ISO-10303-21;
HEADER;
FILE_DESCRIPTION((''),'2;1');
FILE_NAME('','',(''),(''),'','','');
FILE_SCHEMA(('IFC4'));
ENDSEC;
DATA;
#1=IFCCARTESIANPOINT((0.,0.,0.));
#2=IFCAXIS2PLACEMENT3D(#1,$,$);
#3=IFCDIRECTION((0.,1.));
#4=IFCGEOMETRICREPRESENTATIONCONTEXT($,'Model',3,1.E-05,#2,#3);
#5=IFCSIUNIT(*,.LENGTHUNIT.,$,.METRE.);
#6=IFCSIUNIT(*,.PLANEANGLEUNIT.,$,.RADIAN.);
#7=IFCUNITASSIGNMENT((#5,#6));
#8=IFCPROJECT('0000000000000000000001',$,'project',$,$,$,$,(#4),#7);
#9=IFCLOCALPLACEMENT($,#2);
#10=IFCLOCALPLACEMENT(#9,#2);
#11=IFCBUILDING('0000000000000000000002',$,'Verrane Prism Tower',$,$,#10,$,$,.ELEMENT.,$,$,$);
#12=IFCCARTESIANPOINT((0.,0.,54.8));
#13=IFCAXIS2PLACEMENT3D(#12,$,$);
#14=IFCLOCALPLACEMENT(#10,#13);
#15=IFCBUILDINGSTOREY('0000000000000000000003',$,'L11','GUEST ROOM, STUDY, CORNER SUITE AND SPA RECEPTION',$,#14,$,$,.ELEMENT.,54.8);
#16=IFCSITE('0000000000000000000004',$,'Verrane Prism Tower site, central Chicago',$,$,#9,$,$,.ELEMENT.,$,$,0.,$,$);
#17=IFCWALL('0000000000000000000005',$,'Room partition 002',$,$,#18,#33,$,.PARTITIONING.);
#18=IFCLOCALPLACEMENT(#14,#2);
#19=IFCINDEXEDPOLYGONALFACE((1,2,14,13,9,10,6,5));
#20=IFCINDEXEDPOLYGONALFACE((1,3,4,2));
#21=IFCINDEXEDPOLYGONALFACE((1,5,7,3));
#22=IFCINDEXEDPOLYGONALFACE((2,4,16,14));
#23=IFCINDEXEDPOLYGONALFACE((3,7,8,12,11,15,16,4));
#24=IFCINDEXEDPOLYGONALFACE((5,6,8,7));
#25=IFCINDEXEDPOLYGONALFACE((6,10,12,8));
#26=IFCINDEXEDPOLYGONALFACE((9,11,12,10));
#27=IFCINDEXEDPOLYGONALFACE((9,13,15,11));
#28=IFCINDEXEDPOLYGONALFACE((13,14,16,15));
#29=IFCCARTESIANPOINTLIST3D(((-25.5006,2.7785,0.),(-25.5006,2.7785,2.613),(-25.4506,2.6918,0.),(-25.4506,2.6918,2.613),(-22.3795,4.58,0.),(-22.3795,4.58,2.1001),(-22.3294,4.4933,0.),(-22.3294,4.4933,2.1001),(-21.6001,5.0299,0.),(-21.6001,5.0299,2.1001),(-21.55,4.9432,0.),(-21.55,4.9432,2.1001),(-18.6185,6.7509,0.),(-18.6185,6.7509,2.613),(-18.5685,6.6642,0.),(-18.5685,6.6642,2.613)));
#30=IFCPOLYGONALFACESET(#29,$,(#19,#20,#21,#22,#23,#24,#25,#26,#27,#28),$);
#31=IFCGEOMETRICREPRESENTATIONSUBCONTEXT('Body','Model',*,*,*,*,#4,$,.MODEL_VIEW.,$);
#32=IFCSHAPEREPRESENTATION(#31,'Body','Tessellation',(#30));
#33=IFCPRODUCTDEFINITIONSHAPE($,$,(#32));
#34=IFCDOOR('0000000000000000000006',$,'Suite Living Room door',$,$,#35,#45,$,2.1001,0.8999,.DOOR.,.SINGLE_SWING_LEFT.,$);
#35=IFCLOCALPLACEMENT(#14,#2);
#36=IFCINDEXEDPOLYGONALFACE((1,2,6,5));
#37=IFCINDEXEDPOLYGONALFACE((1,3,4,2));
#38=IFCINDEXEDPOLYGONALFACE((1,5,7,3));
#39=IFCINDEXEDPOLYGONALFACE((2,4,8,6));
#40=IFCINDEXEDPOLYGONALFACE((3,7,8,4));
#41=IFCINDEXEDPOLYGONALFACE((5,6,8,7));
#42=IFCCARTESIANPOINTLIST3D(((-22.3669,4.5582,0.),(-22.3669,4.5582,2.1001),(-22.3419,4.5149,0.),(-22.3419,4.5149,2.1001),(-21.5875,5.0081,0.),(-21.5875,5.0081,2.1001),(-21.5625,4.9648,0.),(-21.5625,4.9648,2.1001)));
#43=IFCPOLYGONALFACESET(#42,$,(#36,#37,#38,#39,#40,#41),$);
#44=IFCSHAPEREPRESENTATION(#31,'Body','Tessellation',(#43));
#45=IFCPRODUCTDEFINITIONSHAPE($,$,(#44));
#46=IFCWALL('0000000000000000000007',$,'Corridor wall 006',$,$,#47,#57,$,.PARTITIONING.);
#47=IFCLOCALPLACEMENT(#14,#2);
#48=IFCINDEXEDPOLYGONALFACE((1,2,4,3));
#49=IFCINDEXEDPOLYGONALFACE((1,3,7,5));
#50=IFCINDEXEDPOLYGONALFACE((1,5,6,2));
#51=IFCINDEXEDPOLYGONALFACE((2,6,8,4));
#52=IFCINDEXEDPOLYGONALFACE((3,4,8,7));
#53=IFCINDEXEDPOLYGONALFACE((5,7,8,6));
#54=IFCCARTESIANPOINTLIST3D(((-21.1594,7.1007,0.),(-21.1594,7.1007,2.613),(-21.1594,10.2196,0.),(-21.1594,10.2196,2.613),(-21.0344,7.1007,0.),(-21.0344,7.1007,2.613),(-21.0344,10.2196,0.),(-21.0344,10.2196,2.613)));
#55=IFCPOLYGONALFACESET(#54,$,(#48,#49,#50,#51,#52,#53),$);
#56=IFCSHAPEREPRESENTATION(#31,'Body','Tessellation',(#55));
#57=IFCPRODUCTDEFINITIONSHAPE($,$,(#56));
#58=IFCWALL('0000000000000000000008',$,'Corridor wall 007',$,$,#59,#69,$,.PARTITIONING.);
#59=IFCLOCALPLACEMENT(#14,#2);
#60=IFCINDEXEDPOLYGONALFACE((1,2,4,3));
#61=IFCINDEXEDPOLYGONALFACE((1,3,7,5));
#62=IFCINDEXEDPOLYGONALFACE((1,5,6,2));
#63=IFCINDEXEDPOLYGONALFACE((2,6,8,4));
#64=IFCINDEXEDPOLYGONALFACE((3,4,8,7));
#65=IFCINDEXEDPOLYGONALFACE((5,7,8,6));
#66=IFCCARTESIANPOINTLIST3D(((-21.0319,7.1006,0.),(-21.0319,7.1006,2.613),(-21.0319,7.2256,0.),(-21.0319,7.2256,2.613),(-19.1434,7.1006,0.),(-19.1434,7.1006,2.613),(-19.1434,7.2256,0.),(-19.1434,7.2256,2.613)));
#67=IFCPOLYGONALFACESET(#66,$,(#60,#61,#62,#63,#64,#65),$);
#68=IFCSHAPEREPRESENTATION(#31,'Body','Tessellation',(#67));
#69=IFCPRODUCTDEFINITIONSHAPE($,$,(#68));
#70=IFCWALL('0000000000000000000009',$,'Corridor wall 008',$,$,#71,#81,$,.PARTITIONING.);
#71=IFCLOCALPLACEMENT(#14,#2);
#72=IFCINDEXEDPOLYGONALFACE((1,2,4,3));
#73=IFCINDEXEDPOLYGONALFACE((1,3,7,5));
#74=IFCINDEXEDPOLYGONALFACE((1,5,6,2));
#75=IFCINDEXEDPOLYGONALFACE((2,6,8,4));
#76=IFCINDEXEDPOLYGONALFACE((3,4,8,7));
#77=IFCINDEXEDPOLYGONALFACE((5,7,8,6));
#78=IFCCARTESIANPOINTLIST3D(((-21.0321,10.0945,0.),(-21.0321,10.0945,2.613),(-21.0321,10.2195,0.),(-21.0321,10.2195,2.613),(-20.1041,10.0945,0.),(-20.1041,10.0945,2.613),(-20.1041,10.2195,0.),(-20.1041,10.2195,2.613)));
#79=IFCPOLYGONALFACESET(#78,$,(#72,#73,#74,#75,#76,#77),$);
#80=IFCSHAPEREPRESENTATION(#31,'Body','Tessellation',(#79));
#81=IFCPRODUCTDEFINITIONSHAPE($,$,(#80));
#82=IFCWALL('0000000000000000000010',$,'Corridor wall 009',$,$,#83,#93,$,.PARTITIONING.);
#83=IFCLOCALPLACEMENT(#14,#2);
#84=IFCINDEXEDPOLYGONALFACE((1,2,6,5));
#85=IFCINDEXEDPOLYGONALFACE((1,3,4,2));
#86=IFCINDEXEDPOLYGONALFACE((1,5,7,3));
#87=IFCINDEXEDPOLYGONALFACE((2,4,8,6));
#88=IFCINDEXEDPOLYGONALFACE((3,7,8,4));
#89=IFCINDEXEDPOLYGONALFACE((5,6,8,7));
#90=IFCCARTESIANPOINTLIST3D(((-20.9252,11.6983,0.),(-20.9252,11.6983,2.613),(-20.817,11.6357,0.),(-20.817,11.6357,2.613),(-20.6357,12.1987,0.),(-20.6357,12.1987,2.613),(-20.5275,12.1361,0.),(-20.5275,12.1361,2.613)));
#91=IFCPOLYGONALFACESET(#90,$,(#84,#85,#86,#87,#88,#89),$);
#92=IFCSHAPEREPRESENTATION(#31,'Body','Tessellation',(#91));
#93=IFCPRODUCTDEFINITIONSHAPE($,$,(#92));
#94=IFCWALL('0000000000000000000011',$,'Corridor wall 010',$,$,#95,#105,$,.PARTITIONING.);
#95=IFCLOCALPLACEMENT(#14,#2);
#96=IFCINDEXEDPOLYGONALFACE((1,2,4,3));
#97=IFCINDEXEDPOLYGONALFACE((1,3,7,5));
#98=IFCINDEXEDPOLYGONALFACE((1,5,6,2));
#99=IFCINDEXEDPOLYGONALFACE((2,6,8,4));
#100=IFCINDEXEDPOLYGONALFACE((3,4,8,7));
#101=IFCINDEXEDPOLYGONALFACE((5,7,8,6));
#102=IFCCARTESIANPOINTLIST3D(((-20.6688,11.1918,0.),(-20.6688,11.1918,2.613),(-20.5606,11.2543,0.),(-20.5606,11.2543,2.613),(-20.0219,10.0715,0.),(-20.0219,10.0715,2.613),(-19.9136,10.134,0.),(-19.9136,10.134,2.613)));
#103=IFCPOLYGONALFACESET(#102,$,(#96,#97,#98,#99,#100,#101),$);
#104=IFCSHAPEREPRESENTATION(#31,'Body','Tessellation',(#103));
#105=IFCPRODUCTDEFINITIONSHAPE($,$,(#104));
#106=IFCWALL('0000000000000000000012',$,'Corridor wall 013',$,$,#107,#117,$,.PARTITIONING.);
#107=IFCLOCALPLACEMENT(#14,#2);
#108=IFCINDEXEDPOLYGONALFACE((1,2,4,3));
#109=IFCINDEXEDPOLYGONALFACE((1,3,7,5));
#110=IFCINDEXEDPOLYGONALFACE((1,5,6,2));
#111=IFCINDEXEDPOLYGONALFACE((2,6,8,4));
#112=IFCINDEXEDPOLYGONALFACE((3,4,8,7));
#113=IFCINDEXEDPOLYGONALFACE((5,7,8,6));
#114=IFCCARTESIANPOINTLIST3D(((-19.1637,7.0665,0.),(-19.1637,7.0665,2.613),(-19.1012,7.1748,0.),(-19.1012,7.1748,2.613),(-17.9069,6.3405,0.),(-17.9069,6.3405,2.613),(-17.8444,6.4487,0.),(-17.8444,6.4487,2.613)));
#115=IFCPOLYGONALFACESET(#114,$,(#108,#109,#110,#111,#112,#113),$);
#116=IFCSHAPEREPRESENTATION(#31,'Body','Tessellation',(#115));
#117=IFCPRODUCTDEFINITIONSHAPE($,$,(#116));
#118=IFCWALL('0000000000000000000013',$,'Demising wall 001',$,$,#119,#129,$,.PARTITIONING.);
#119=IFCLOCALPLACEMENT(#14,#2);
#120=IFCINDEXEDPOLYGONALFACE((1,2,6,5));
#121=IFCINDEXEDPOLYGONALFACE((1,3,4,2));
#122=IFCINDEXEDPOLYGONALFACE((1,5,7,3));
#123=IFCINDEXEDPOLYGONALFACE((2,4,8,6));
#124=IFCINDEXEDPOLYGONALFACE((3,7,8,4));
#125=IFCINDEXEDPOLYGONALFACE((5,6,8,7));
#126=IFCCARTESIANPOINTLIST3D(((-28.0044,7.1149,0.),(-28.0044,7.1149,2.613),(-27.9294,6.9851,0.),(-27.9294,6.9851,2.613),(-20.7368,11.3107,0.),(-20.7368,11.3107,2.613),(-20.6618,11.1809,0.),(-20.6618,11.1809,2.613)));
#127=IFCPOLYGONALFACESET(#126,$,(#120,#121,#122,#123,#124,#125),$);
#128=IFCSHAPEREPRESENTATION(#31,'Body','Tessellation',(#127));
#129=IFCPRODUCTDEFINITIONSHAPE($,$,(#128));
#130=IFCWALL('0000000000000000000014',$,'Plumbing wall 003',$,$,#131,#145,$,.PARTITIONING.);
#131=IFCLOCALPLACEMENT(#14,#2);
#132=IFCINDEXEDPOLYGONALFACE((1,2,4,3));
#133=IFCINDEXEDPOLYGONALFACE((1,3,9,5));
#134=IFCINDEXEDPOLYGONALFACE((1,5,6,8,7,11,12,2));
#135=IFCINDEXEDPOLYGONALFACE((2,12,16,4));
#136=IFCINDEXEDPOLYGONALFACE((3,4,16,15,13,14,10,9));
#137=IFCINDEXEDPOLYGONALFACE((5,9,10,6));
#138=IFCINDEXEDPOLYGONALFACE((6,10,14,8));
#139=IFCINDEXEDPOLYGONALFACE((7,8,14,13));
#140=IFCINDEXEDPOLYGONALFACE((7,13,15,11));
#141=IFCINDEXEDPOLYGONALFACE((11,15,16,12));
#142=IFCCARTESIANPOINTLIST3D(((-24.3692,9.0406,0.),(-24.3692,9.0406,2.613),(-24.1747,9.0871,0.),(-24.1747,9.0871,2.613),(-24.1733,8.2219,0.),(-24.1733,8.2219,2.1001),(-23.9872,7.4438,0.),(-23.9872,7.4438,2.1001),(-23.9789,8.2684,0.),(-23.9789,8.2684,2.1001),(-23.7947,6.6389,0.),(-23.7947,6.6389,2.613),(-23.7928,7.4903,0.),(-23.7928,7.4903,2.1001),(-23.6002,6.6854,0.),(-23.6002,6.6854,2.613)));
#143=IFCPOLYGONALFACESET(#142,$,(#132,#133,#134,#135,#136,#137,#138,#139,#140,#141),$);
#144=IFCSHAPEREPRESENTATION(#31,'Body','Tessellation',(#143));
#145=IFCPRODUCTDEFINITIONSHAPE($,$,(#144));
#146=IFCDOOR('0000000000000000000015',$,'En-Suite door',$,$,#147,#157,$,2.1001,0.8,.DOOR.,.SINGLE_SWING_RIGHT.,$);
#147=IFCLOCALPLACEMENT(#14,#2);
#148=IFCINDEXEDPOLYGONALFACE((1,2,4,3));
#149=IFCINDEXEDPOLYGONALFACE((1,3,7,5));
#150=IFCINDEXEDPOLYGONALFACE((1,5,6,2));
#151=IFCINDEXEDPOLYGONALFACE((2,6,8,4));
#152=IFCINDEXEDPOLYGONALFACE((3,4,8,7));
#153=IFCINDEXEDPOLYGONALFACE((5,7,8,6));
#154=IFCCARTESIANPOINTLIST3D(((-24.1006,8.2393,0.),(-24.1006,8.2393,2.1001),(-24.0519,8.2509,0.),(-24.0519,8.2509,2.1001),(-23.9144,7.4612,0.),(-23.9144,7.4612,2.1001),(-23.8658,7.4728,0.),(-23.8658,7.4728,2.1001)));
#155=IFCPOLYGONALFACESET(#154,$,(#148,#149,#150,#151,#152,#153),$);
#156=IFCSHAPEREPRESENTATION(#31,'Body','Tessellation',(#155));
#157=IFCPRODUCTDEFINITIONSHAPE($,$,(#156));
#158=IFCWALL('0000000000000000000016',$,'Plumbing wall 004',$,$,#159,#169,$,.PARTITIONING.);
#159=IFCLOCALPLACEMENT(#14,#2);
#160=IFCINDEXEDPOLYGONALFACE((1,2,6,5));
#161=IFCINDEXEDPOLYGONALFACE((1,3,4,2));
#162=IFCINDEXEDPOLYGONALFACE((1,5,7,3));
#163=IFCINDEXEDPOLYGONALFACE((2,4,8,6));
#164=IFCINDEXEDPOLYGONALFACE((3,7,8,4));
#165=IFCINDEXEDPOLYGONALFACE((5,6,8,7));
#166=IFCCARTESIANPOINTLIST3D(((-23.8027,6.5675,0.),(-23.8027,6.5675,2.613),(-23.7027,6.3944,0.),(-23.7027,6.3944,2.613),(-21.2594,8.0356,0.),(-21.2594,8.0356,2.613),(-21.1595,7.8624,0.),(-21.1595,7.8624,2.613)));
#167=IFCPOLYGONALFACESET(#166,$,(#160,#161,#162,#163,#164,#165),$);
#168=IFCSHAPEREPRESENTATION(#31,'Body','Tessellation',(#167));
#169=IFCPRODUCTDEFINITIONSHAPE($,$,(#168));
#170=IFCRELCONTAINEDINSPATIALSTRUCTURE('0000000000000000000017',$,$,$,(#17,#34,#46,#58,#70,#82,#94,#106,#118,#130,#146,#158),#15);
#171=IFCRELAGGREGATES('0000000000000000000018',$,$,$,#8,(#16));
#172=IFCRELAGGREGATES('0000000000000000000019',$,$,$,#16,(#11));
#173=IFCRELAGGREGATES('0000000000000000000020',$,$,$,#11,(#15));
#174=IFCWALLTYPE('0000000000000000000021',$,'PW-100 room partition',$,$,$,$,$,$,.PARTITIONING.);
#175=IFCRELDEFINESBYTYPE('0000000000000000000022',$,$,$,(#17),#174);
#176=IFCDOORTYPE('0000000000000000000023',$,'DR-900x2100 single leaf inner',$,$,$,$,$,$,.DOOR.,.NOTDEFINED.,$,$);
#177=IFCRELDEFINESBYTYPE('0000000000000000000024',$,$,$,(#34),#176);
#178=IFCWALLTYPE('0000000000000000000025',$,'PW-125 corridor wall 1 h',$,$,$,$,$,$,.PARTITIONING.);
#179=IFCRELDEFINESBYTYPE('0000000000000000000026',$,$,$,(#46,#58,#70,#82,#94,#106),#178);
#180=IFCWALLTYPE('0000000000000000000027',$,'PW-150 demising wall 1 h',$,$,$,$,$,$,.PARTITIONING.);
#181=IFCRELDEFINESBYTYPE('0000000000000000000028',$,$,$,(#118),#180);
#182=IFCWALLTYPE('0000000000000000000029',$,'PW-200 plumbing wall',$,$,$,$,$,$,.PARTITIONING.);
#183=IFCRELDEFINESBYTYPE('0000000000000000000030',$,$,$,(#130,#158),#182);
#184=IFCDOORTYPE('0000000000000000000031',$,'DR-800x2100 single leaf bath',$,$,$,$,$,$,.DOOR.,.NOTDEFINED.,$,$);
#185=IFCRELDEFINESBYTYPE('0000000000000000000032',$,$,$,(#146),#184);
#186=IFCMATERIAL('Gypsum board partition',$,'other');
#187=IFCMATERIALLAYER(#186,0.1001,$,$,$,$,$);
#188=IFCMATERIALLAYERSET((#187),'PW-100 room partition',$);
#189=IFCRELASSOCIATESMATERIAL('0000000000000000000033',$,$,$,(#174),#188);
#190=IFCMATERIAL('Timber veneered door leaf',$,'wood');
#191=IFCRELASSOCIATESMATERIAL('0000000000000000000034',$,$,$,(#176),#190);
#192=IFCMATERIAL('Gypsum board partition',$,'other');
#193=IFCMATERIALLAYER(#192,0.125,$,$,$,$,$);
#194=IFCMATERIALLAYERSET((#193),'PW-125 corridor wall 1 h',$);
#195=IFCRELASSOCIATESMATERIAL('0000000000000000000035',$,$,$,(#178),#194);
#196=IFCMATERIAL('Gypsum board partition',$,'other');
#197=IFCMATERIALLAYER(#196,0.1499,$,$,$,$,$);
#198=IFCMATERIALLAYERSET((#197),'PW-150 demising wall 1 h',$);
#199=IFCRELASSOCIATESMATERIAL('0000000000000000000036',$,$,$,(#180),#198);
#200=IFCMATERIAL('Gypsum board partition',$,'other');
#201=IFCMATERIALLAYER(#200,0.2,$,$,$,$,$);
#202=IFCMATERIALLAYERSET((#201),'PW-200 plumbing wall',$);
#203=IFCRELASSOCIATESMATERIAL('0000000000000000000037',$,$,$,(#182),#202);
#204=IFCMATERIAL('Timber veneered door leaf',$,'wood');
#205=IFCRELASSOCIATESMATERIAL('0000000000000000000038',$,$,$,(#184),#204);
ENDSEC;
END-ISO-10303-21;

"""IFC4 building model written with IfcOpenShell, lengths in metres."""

from ifc_helpers import new_model, si_unit, direction, frame, frame_2d, origin, place, context, subcontext, project, spatial, rectangle, extrude, material, layer, layer_set, type_object, element, fill, save


model = new_model("IFC4")

# Units and contexts
model_context = context("Model", 3, precision=1e-05, world=origin(), true_north=direction((0.0, 1.0)))
body_context = subcontext(model_context, "Body", "Model", "MODEL_VIEW")
ifc_project = project(units=[si_unit("LENGTHUNIT", "METRE"), si_unit("PLANEANGLEUNIT", "RADIAN")], contexts=[model_context])

# Site, building, storey
site_placement = place(None, origin())
site = spatial("IfcSite", under=ifc_project, at=site_placement, Name="Verrane Prism Tower site, central Chicago", CompositionType="ELEMENT", RefElevation=0.0)
building_placement = place(site_placement, origin())
building = spatial("IfcBuilding", under=site, at=building_placement, Name="Verrane Prism Tower", CompositionType="ELEMENT")
storey_placement = place(building_placement, frame((0.0, 0.0, 54.8)))
storey = spatial("IfcBuildingStorey", under=building, at=storey_placement, Name="L11", Description="GUEST ROOM, STUDY, CORNER SUITE AND SPA RECEPTION", CompositionType="ELEMENT", Elevation=54.8)

# Wall, opening, door
ifc_material_1 = material(Name="Gypsum board partition", Category="other")
ifc_layer_1 = layer(ifc_material_1, 0.1001)
ifc_layer_set_1 = layer_set([ifc_layer_1], Name="PW-100 room partition")
wall_type_1 = type_object("IfcWallType", Name="PW-100 room partition", PredefinedType="PARTITIONING", material=ifc_layer_set_1)
wall_1_placement = place(storey_placement, frame((-25.4756, 2.7351, 0.0), z_axis=(0.0, 0.0, 1.0), x_axis=(0.866078, 0.49991, 0.0)))
wall_1 = element("IfcWall", 1, at=wall_1_placement, inside=storey, type_object=wall_type_1, Name="Room partition 002", PredefinedType="PARTITIONING", context=body_context, shape_type="SweptSolid", body=[
    extrude(rectangle(XDim=7.9463, YDim=0.1001, at=frame_2d((3.9731, 0.0))), origin(), (0.0, 0.0, 1.0), 2.613),
])
opening_1_placement = place(wall_1_placement, frame((3.6038, 0.0, 0.0)))
opening_1 = element("IfcOpeningElement", 2, at=opening_1_placement, cuts=wall_1, PredefinedType="OPENING", context=body_context, shape_type="SweptSolid", body=[
    extrude(rectangle(XDim=0.8999, YDim=2.1001, at=frame_2d((0.45, 1.05))), frame((0.0, 0.0601, 0.0), z_axis=(0.0, -1.0, 0.0), x_axis=(1.0, 0.0, 0.0)), (0.0, 0.0, 1.0), 0.1201),
])
ifc_material_2 = material(Name="Timber veneered door leaf", Category="wood")
door_type_1 = type_object("IfcDoorType", Name="DR-900x2100 single leaf inner", OperationType="NOTDEFINED", PredefinedType="DOOR", material=ifc_material_2)
door_1_placement = place(opening_1_placement, origin())
door_1 = element("IfcDoor", 3, at=door_1_placement, inside=storey, type_object=door_type_1, Name="Suite Living Room door", OperationType="SINGLE_SWING_LEFT", OverallHeight=2.1001, OverallWidth=0.8999, PredefinedType="DOOR", context=body_context, shape_type="SweptSolid", body=[
    extrude(rectangle(XDim=0.8999, YDim=2.1001, at=frame_2d((0.45, 1.05))), frame((0.0, 0.0249, 0.0), z_axis=(0.0, -1.0, 0.0), x_axis=(1.0, 0.0, 0.0)), (0.0, 0.0, 1.0), 0.05),
])
fill(opening_1, door_1)

# Walls
ifc_material_3 = material(Name="Gypsum board partition", Category="other")
ifc_layer_2 = layer(ifc_material_3, 0.125)
ifc_layer_set_2 = layer_set([ifc_layer_2], Name="PW-125 corridor wall 1 h")
wall_type_2 = type_object("IfcWallType", Name="PW-125 corridor wall 1 h", PredefinedType="PARTITIONING", material=ifc_layer_set_2)
wall_2_placement = place(storey_placement, frame((-21.0969, 7.1006, 0.0), z_axis=(0.0, 0.0, 1.0), x_axis=(0.0, 1.0, 0.0)))
element("IfcWall", 4, at=wall_2_placement, inside=storey, type_object=wall_type_2, Name="Corridor wall 006", PredefinedType="PARTITIONING", context=body_context, shape_type="SweptSolid", body=[
    extrude(rectangle(XDim=3.1189, YDim=0.125, at=frame_2d((1.5596, 0.0))), origin(), (0.0, 0.0, 1.0), 2.613),
])
wall_3_placement = place(storey_placement, frame((-21.032, 7.1631, 0.0), z_axis=(0.0, 0.0, 1.0), x_axis=(1.0, 0.0, 0.0)))
element("IfcWall", 5, at=wall_3_placement, inside=storey, type_object=wall_type_2, Name="Corridor wall 007", PredefinedType="PARTITIONING", context=body_context, shape_type="SweptSolid", body=[
    extrude(rectangle(XDim=1.8884, YDim=0.125, at=frame_2d((0.9443, 0.0))), origin(), (0.0, 0.0, 1.0), 2.613),
])
wall_4_placement = place(storey_placement, frame((-21.032, 10.157, 0.0), z_axis=(0.0, 0.0, 1.0), x_axis=(1.0, 0.0, 0.0)))
element("IfcWall", 6, at=wall_4_placement, inside=storey, type_object=wall_type_2, Name="Corridor wall 008", PredefinedType="PARTITIONING", context=body_context, shape_type="SweptSolid", body=[
    extrude(rectangle(XDim=0.928, YDim=0.125, at=frame_2d((0.4639, 0.0))), origin(), (0.0, 0.0, 1.0), 2.613),
])
wall_5_placement = place(storey_placement, frame((-20.8711, 11.667, 0.0), z_axis=(0.0, 0.0, 1.0), x_axis=(0.50077, 0.86558, 0.0)))
element("IfcWall", 7, at=wall_5_placement, inside=storey, type_object=wall_type_2, Name="Corridor wall 009", PredefinedType="PARTITIONING", context=body_context, shape_type="SweptSolid", body=[
    extrude(rectangle(XDim=0.5781, YDim=0.125, at=frame_2d((0.2891, 0.0))), origin(), (0.0, 0.0, 1.0), 2.613),
])
wall_6_placement = place(storey_placement, frame((-20.6147, 11.2231, 0.0), z_axis=(0.0, 0.0, 1.0), x_axis=(0.500076, -0.865981, 0.0)))
element("IfcWall", 8, at=wall_6_placement, inside=storey, type_object=wall_type_2, Name="Corridor wall 010", PredefinedType="PARTITIONING", context=body_context, shape_type="SweptSolid", body=[
    extrude(rectangle(XDim=1.2937, YDim=0.125, at=frame_2d((0.647, 0.0))), origin(), (0.0, 0.0, 1.0), 2.613),
])
wall_7_placement = place(storey_placement, frame((-19.1323, 7.1206, 0.0), z_axis=(0.0, 0.0, 1.0), x_axis=(0.865894, -0.500227, 0.0)))
element("IfcWall", 9, at=wall_7_placement, inside=storey, type_object=wall_type_2, Name="Corridor wall 013", PredefinedType="PARTITIONING", context=body_context, shape_type="SweptSolid", body=[
    extrude(rectangle(XDim=1.4514, YDim=0.125, at=frame_2d((0.7256, 0.0))), origin(), (0.0, 0.0, 1.0), 2.613),
])
ifc_material_4 = material(Name="Gypsum board partition", Category="other")
ifc_layer_3 = layer(ifc_material_4, 0.1499)
ifc_layer_set_3 = layer_set([ifc_layer_3], Name="PW-150 demising wall 1 h")
wall_type_3 = type_object("IfcWallType", Name="PW-150 demising wall 1 h", PredefinedType="PARTITIONING", material=ifc_layer_set_3)
wall_8_placement = place(storey_placement, frame((-27.9668, 7.05, 0.0), z_axis=(0.0, 0.0, 1.0), x_axis=(0.866032, 0.499988, 0.0)))
element("IfcWall", 10, at=wall_8_placement, inside=storey, type_object=wall_type_3, Name="Demising wall 001", PredefinedType="PARTITIONING", context=body_context, shape_type="SweptSolid", body=[
    extrude(rectangle(XDim=8.3918, YDim=0.1499, at=frame_2d((4.1958, 0.0))), origin(), (0.0, 0.0, 1.0), 2.613),
])

# Wall, opening, door
ifc_material_5 = material(Name="Gypsum board partition", Category="other")
ifc_layer_4 = layer(ifc_material_5, 0.2)
ifc_layer_set_4 = layer_set([ifc_layer_4], Name="PW-200 plumbing wall")
wall_type_4 = type_object("IfcWallType", Name="PW-200 plumbing wall", PredefinedType="PARTITIONING", material=ifc_layer_set_4)
wall_9_placement = place(storey_placement, frame((-24.272, 9.064, 0.0), z_axis=(0.0, 0.0, 1.0), x_axis=(0.232636, -0.972564, 0.0)))
wall_9 = element("IfcWall", 11, at=wall_9_placement, inside=storey, type_object=wall_type_4, Name="Plumbing wall 003", PredefinedType="PARTITIONING", context=body_context, shape_type="SweptSolid", body=[
    extrude(rectangle(XDim=2.4695, YDim=0.2, at=frame_2d((1.2349, 0.0))), origin(), (0.0, 0.0, 1.0), 2.613),
])
opening_2_placement = place(wall_9_placement, frame((0.842, 0.0, 0.0)))
opening_2 = element("IfcOpeningElement", 12, at=opening_2_placement, cuts=wall_9, PredefinedType="OPENING", context=body_context, shape_type="SweptSolid", body=[
    extrude(rectangle(XDim=0.8, YDim=2.1001, at=frame_2d((0.3999, 1.05))), frame((0.0, 0.1099, 0.0), z_axis=(0.0, -1.0, 0.0), x_axis=(1.0, 0.0, 0.0)), (0.0, 0.0, 1.0), 0.22),
])
ifc_material_6 = material(Name="Timber veneered door leaf", Category="wood")
door_type_2 = type_object("IfcDoorType", Name="DR-800x2100 single leaf bath", OperationType="NOTDEFINED", PredefinedType="DOOR", material=ifc_material_6)
door_2_placement = place(opening_2_placement, origin())
door_2 = element("IfcDoor", 13, at=door_2_placement, inside=storey, type_object=door_type_2, Name="En-Suite door", OperationType="SINGLE_SWING_RIGHT", OverallHeight=2.1001, OverallWidth=0.8, PredefinedType="DOOR", context=body_context, shape_type="SweptSolid", body=[
    extrude(rectangle(XDim=0.8, YDim=2.1001, at=frame_2d((0.3999, 1.05))), frame((0.0, 0.0249, 0.0), z_axis=(0.0, -1.0, 0.0), x_axis=(1.0, 0.0, 0.0)), (0.0, 0.0, 1.0), 0.05),
])
fill(opening_2, door_2)

# Wall
wall_10_placement = place(storey_placement, frame((-23.7527, 6.481, 0.0), z_axis=(0.0, 0.0, 1.0), x_axis=(0.866071, 0.499922, 0.0)))
element("IfcWall", 14, at=wall_10_placement, inside=storey, type_object=wall_type_4, Name="Plumbing wall 004", PredefinedType="PARTITIONING", context=body_context, shape_type="SweptSolid", body=[
    extrude(rectangle(XDim=2.9365, YDim=0.2, at=frame_2d((1.4683, 0.0))), origin(), (0.0, 0.0, 1.0), 2.613),
])

save(model, "model.ifc")
